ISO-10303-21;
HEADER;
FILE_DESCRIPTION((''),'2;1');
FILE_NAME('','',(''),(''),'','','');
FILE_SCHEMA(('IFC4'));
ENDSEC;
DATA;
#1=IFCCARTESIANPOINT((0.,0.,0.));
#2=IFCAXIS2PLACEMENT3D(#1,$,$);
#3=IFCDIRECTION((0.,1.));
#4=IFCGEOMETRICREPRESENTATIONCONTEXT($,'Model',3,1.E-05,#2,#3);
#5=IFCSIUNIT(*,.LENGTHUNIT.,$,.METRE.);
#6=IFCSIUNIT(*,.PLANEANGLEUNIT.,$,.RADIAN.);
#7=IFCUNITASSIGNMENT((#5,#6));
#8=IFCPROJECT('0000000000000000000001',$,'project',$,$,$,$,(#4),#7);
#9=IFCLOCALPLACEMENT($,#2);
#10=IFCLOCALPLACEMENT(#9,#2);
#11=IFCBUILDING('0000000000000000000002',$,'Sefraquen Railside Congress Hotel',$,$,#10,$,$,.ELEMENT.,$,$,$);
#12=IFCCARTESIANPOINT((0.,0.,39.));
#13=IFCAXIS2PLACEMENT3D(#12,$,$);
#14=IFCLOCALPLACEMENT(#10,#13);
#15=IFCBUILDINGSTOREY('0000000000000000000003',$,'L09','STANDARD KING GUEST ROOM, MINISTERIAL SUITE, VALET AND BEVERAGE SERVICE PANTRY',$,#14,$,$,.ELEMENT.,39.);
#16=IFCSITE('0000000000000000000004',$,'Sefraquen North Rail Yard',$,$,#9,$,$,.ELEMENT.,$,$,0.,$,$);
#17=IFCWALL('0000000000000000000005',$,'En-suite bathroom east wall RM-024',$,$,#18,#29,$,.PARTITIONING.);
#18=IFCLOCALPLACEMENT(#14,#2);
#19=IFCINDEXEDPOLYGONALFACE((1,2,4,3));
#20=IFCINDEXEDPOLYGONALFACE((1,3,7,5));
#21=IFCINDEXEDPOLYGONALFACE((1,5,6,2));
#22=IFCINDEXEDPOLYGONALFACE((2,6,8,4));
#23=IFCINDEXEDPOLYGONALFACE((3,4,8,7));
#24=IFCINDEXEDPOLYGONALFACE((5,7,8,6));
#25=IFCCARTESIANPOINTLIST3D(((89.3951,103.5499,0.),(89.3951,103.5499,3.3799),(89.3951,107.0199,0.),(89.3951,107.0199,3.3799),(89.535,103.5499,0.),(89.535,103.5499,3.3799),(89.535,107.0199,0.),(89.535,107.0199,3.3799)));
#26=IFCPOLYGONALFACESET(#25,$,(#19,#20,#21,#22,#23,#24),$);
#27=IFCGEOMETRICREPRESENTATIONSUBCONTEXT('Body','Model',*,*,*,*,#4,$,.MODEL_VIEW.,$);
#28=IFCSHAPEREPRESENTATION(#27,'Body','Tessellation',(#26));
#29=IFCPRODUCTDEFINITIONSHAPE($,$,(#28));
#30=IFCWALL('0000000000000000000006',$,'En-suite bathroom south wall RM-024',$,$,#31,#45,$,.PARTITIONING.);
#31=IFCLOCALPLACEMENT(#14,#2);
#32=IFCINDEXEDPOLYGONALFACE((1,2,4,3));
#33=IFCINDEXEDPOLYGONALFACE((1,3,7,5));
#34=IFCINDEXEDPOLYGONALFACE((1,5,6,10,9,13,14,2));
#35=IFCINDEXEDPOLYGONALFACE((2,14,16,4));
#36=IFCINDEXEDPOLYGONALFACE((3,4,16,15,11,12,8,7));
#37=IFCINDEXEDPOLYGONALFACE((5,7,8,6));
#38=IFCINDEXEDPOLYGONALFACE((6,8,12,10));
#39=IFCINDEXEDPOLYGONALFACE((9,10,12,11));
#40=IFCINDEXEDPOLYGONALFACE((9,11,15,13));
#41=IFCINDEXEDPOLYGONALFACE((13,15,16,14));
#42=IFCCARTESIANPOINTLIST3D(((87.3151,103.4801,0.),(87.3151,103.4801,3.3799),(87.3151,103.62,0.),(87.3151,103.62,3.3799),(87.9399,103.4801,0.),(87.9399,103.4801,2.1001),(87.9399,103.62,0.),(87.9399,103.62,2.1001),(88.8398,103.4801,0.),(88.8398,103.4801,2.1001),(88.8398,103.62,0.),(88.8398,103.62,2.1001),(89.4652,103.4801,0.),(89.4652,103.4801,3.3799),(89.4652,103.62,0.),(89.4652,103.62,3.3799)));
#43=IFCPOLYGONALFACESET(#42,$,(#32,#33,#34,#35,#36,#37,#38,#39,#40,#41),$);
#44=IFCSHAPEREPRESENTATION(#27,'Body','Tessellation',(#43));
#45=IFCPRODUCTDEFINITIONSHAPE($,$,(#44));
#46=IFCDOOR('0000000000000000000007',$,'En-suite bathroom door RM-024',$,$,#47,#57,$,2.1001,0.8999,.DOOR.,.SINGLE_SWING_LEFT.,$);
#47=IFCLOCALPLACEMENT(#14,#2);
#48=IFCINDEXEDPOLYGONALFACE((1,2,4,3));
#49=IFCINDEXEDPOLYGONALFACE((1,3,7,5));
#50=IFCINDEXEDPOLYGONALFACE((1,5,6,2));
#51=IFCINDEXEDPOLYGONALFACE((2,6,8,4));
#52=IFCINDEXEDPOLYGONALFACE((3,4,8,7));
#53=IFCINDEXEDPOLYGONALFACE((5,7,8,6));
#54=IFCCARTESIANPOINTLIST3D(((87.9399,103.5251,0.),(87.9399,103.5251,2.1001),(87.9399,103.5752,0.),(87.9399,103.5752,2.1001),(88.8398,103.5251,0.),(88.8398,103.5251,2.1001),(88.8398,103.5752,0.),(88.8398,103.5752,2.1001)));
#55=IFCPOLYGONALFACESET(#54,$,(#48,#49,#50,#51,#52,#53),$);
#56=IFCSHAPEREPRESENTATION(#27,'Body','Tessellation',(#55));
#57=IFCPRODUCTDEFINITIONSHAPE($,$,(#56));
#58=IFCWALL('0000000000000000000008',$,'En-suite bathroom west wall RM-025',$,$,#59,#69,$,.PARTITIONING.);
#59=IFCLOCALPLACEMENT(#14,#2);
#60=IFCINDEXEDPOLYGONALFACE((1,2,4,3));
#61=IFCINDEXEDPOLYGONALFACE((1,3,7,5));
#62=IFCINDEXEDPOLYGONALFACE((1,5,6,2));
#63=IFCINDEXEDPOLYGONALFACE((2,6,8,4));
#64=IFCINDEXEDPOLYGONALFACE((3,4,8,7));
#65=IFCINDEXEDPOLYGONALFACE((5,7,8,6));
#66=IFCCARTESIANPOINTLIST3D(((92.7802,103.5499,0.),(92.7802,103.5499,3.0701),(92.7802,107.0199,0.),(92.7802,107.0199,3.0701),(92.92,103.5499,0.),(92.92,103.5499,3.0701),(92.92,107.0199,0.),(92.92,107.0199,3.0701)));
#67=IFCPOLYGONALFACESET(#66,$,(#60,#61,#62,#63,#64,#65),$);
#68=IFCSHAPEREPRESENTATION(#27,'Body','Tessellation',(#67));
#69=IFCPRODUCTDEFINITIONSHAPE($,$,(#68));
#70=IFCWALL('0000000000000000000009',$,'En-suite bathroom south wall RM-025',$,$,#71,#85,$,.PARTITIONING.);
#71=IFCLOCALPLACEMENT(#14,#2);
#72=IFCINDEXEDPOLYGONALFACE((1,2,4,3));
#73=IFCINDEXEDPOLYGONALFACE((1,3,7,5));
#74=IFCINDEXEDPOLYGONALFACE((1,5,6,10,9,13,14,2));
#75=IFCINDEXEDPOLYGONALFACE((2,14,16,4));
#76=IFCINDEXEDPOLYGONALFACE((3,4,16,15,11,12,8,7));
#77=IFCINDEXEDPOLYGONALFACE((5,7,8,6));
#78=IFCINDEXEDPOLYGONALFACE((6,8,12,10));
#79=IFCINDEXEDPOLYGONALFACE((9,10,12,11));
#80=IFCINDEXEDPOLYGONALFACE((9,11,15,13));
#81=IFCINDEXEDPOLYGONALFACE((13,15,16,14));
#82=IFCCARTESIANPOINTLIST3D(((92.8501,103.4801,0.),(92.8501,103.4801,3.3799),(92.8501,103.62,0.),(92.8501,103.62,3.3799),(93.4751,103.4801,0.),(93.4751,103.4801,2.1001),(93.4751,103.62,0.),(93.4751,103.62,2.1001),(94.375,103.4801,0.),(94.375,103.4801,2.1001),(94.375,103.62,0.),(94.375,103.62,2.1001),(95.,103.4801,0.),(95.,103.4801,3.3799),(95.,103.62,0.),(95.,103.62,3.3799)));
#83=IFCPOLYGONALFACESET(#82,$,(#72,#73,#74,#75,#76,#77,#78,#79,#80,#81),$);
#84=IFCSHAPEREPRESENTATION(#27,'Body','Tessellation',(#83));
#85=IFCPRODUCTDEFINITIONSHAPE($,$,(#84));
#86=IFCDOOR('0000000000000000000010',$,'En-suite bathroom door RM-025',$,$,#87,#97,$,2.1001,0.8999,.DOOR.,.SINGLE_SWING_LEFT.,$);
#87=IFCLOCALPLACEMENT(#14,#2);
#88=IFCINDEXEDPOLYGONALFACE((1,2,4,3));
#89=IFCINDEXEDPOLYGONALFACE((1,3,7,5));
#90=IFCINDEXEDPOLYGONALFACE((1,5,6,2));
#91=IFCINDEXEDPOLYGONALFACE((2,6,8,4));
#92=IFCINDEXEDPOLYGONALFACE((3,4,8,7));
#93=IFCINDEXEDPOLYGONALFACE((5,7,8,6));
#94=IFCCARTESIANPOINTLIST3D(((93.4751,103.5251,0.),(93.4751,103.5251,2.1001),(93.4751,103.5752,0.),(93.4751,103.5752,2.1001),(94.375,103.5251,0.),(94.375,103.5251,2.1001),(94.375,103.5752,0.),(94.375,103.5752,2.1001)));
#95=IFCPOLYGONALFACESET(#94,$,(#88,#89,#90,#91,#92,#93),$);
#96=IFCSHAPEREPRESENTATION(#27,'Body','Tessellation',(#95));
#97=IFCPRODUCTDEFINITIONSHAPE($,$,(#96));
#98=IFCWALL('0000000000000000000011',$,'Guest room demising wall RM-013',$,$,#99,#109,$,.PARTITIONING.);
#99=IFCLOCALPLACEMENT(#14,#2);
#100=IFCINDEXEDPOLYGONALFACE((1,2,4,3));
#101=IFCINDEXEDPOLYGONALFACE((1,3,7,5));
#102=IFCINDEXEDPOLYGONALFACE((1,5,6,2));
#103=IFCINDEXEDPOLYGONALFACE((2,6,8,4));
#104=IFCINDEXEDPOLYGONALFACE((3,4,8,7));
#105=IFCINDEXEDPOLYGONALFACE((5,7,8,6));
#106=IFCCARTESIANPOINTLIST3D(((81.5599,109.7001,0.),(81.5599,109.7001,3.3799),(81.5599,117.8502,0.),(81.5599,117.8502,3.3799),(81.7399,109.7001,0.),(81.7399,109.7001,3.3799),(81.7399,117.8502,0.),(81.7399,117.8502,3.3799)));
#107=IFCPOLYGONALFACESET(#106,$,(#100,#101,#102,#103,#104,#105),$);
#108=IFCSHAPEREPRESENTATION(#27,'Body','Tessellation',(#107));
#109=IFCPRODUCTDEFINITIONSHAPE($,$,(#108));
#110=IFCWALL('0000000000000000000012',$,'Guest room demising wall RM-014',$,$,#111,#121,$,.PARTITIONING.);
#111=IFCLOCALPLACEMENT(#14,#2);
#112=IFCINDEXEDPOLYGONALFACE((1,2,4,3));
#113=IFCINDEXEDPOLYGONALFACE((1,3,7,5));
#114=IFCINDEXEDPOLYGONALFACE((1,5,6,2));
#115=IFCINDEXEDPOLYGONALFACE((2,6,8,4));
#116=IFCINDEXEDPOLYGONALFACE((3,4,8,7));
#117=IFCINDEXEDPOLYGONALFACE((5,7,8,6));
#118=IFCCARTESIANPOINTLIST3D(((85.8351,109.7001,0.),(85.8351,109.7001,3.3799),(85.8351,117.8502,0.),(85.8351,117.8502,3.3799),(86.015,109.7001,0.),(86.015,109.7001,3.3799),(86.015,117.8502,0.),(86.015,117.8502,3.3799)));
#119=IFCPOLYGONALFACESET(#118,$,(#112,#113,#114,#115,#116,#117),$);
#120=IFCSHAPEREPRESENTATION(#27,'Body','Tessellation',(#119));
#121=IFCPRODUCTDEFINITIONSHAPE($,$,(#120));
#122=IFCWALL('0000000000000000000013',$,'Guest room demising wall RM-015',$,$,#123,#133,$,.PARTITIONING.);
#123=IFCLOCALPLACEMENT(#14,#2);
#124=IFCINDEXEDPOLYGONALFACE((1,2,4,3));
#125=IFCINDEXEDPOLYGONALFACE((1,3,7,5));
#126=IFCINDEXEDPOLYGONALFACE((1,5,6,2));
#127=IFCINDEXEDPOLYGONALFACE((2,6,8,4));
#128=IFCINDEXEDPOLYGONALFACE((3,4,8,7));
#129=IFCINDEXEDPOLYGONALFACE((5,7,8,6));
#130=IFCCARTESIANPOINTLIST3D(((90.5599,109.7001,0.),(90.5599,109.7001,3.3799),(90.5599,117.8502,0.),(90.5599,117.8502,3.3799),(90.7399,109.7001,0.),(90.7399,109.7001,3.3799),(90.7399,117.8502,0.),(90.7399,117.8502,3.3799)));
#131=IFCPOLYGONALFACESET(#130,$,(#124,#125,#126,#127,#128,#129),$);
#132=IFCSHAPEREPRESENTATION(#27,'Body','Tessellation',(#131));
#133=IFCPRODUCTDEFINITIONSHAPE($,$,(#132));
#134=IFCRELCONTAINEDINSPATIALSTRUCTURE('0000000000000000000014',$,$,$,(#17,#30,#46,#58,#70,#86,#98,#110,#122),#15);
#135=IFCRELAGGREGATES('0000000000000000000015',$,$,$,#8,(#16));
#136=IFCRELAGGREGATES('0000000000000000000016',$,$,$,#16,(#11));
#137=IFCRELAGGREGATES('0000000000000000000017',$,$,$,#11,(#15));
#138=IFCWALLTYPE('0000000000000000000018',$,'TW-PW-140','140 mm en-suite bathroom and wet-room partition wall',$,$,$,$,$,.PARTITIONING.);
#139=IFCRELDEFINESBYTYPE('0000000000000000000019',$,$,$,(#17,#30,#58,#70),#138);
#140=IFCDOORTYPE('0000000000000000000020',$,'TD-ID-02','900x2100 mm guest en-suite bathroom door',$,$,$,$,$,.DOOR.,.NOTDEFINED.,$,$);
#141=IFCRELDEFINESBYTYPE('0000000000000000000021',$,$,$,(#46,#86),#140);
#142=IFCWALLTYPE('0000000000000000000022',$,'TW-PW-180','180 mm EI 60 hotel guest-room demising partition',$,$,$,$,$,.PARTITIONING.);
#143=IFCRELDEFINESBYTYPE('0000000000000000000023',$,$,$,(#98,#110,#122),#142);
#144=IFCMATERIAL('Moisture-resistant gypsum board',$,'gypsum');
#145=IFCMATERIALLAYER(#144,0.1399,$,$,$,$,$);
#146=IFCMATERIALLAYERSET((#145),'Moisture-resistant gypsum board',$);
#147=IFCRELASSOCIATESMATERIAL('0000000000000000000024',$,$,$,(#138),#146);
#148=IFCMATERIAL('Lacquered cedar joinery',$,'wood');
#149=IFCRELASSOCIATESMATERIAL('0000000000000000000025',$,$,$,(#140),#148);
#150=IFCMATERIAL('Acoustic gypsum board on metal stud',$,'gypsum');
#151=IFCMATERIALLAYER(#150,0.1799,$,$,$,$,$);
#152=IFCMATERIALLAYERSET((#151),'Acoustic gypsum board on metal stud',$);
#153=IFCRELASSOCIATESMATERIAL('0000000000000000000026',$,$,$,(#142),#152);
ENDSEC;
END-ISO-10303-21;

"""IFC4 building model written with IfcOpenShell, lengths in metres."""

from ifc_helpers import new_model, si_unit, direction, frame, frame_2d, origin, place, context, subcontext, project, spatial, rectangle, extrude, material, layer, layer_set, type_object, element, fill, save


model = new_model("IFC4")

# Units and contexts
model_context = context("Model", 3, precision=1e-05, world=origin(), true_north=direction((0.0, 1.0)))
body_context = subcontext(model_context, "Body", "Model", "MODEL_VIEW")
ifc_project = project(units=[si_unit("LENGTHUNIT", "METRE"), si_unit("PLANEANGLEUNIT", "RADIAN")], contexts=[model_context])

# Site, building, storey
site_placement = place(None, origin())
site = spatial("IfcSite", under=ifc_project, at=site_placement, Name="Sefraquen North Rail Yard", CompositionType="ELEMENT", RefElevation=0.0)
building_placement = place(site_placement, origin())
building = spatial("IfcBuilding", under=site, at=building_placement, Name="Sefraquen Railside Congress Hotel", CompositionType="ELEMENT")
storey_placement = place(building_placement, frame((0.0, 0.0, 39.0)))
storey = spatial("IfcBuildingStorey", under=building, at=storey_placement, Name="L09", Description="STANDARD KING GUEST ROOM, MINISTERIAL SUITE, VALET AND BEVERAGE SERVICE PANTRY", CompositionType="ELEMENT", Elevation=39.0)

# Shared definitions
ifc_material_1 = material(Name="Moisture-resistant gypsum board", Category="gypsum")
ifc_layer_1 = layer(ifc_material_1, 0.1399)
ifc_layer_set_1 = layer_set([ifc_layer_1], Name="Moisture-resistant gypsum board")
wall_type_1 = type_object("IfcWallType", Name="TW-PW-140", Description="140 mm en-suite bathroom and wet-room partition wall", PredefinedType="PARTITIONING", material=ifc_layer_set_1)

# Shared definitions
ifc_material_2 = material(Name="Lacquered cedar joinery", Category="wood")
door_type = type_object("IfcDoorType", Name="TD-ID-02", Description="900x2100 mm guest en-suite bathroom door", OperationType="NOTDEFINED", PredefinedType="DOOR", material=ifc_material_2)

# Wall
wall_1_placement = place(storey_placement, frame((89.4651, 103.55, 0.0), z_axis=(0.0, 0.0, 1.0), x_axis=(0.0, 1.0, 0.0)))
element("IfcWall", 1, at=wall_1_placement, inside=storey, type_object=wall_type_1, Name="En-suite bathroom east wall RM-024", PredefinedType="PARTITIONING", context=body_context, shape_type="SweptSolid", body=[
    extrude(rectangle(XDim=3.47, YDim=0.1399, at=frame_2d((1.7349, 0.0))), origin(), (0.0, 0.0, 1.0), 3.3799),
])

# Wall, opening, door
wall_2_placement = place(storey_placement, frame((87.3149, 103.55, 0.0), z_axis=(0.0, 0.0, 1.0), x_axis=(1.0, 0.0, 0.0)))
wall_2 = element("IfcWall", 2, at=wall_2_placement, inside=storey, type_object=wall_type_1, Name="En-suite bathroom south wall RM-024", PredefinedType="PARTITIONING", context=body_context, shape_type="SweptSolid", body=[
    extrude(rectangle(XDim=2.1501, YDim=0.1399, at=frame_2d((1.0752, 0.0))), origin(), (0.0, 0.0, 1.0), 3.3799),
])
opening_1_placement = place(wall_2_placement, frame((0.625, 0.0, 0.0)))
opening_1 = element("IfcOpeningElement", 3, at=opening_1_placement, cuts=wall_2, PredefinedType="OPENING", context=body_context, shape_type="SweptSolid", body=[
    extrude(rectangle(XDim=0.8999, YDim=2.1001, at=frame_2d((0.45, 1.05))), frame((0.0, 0.0798, 0.0), z_axis=(0.0, -1.0, 0.0), x_axis=(1.0, 0.0, 0.0)), (0.0, 0.0, 1.0), 0.1599),
])
door_1_placement = place(opening_1_placement, frame((0.8999, 0.0, 0.0), z_axis=(0.0, 0.0, 1.0), x_axis=(-1.0, 0.0, 0.0)))
door_1 = element("IfcDoor", 4, at=door_1_placement, inside=storey, type_object=door_type, Name="En-suite bathroom door RM-024", OperationType="SINGLE_SWING_LEFT", OverallHeight=2.1001, OverallWidth=0.8999, PredefinedType="DOOR", context=body_context, shape_type="SweptSolid", body=[
    extrude(rectangle(XDim=0.8999, YDim=2.1001, at=frame_2d((0.45, 1.05))), frame((0.0, 0.0249, 0.0), z_axis=(0.0, -1.0, 0.0), x_axis=(1.0, 0.0, 0.0)), (0.0, 0.0, 1.0), 0.05),
])
fill(opening_1, door_1)

# Wall
wall_3_placement = place(storey_placement, frame((92.8501, 103.55, 0.0), z_axis=(0.0, 0.0, 1.0), x_axis=(0.0, 1.0, 0.0)))
element("IfcWall", 5, at=wall_3_placement, inside=storey, type_object=wall_type_1, Name="En-suite bathroom west wall RM-025", PredefinedType="PARTITIONING", context=body_context, shape_type="SweptSolid", body=[
    extrude(rectangle(XDim=3.47, YDim=0.1399, at=frame_2d((1.7349, 0.0))), origin(), (0.0, 0.0, 1.0), 3.0701),
])

# Wall, opening, door
wall_4_placement = place(storey_placement, frame((92.8501, 103.55, 0.0), z_axis=(0.0, 0.0, 1.0), x_axis=(1.0, 0.0, 0.0)))
wall_4 = element("IfcWall", 6, at=wall_4_placement, inside=storey, type_object=wall_type_1, Name="En-suite bathroom south wall RM-025", PredefinedType="PARTITIONING", context=body_context, shape_type="SweptSolid", body=[
    extrude(rectangle(XDim=2.1499, YDim=0.1399, at=frame_2d((1.075, 0.0))), origin(), (0.0, 0.0, 1.0), 3.3799),
])
opening_2_placement = place(wall_4_placement, frame((0.625, 0.0, 0.0)))
opening_2 = element("IfcOpeningElement", 7, at=opening_2_placement, cuts=wall_4, PredefinedType="OPENING", context=body_context, shape_type="SweptSolid", body=[
    extrude(rectangle(XDim=0.8999, YDim=2.1001, at=frame_2d((0.45, 1.05))), frame((0.0, 0.0798, 0.0), z_axis=(0.0, -1.0, 0.0), x_axis=(1.0, 0.0, 0.0)), (0.0, 0.0, 1.0), 0.1599),
])
door_2_placement = place(opening_2_placement, frame((0.8999, 0.0, 0.0), z_axis=(0.0, 0.0, 1.0), x_axis=(-1.0, 0.0, 0.0)))
door_2 = element("IfcDoor", 8, at=door_2_placement, inside=storey, type_object=door_type, Name="En-suite bathroom door RM-025", OperationType="SINGLE_SWING_LEFT", OverallHeight=2.1001, OverallWidth=0.8999, PredefinedType="DOOR", context=body_context, shape_type="SweptSolid", body=[
    extrude(rectangle(XDim=0.8999, YDim=2.1001, at=frame_2d((0.45, 1.05))), frame((0.0, 0.0249, 0.0), z_axis=(0.0, -1.0, 0.0), x_axis=(1.0, 0.0, 0.0)), (0.0, 0.0, 1.0), 0.05),
])
fill(opening_2, door_2)

# Walls
ifc_material_3 = material(Name="Acoustic gypsum board on metal stud", Category="gypsum")
ifc_layer_2 = layer(ifc_material_3, 0.1799)
ifc_layer_set_2 = layer_set([ifc_layer_2], Name="Acoustic gypsum board on metal stud")
wall_type_2 = type_object("IfcWallType", Name="TW-PW-180", Description="180 mm EI 60 hotel guest-room demising partition", PredefinedType="PARTITIONING", material=ifc_layer_set_2)
for number, where, z_axis, x_axis, name in (
    (9, (81.6499, 109.7, 0.0), (0.0, 0.0, 1.0), (0.0, 1.0, 0.0), "Guest room demising wall RM-013"),
    (10, (85.925, 109.7, 0.0), (0.0, 0.0, 1.0), (0.0, 1.0, 0.0), "Guest room demising wall RM-014"),
    (11, (90.6499, 109.7, 0.0), (0.0, 0.0, 1.0), (0.0, 1.0, 0.0), "Guest room demising wall RM-015"),
):
    element("IfcWall", number, at=place(storey_placement, frame(where, z_axis=z_axis, x_axis=x_axis)), inside=storey, type_object=wall_type_2, Name=name, PredefinedType="PARTITIONING", context=body_context, shape_type="SweptSolid", body=[
        extrude(rectangle(XDim=8.1501, YDim=0.1799, at=frame_2d((4.0752, 0.0))), origin(), (0.0, 0.0, 1.0), 3.3799),
    ])

save(model, "model.ifc")
